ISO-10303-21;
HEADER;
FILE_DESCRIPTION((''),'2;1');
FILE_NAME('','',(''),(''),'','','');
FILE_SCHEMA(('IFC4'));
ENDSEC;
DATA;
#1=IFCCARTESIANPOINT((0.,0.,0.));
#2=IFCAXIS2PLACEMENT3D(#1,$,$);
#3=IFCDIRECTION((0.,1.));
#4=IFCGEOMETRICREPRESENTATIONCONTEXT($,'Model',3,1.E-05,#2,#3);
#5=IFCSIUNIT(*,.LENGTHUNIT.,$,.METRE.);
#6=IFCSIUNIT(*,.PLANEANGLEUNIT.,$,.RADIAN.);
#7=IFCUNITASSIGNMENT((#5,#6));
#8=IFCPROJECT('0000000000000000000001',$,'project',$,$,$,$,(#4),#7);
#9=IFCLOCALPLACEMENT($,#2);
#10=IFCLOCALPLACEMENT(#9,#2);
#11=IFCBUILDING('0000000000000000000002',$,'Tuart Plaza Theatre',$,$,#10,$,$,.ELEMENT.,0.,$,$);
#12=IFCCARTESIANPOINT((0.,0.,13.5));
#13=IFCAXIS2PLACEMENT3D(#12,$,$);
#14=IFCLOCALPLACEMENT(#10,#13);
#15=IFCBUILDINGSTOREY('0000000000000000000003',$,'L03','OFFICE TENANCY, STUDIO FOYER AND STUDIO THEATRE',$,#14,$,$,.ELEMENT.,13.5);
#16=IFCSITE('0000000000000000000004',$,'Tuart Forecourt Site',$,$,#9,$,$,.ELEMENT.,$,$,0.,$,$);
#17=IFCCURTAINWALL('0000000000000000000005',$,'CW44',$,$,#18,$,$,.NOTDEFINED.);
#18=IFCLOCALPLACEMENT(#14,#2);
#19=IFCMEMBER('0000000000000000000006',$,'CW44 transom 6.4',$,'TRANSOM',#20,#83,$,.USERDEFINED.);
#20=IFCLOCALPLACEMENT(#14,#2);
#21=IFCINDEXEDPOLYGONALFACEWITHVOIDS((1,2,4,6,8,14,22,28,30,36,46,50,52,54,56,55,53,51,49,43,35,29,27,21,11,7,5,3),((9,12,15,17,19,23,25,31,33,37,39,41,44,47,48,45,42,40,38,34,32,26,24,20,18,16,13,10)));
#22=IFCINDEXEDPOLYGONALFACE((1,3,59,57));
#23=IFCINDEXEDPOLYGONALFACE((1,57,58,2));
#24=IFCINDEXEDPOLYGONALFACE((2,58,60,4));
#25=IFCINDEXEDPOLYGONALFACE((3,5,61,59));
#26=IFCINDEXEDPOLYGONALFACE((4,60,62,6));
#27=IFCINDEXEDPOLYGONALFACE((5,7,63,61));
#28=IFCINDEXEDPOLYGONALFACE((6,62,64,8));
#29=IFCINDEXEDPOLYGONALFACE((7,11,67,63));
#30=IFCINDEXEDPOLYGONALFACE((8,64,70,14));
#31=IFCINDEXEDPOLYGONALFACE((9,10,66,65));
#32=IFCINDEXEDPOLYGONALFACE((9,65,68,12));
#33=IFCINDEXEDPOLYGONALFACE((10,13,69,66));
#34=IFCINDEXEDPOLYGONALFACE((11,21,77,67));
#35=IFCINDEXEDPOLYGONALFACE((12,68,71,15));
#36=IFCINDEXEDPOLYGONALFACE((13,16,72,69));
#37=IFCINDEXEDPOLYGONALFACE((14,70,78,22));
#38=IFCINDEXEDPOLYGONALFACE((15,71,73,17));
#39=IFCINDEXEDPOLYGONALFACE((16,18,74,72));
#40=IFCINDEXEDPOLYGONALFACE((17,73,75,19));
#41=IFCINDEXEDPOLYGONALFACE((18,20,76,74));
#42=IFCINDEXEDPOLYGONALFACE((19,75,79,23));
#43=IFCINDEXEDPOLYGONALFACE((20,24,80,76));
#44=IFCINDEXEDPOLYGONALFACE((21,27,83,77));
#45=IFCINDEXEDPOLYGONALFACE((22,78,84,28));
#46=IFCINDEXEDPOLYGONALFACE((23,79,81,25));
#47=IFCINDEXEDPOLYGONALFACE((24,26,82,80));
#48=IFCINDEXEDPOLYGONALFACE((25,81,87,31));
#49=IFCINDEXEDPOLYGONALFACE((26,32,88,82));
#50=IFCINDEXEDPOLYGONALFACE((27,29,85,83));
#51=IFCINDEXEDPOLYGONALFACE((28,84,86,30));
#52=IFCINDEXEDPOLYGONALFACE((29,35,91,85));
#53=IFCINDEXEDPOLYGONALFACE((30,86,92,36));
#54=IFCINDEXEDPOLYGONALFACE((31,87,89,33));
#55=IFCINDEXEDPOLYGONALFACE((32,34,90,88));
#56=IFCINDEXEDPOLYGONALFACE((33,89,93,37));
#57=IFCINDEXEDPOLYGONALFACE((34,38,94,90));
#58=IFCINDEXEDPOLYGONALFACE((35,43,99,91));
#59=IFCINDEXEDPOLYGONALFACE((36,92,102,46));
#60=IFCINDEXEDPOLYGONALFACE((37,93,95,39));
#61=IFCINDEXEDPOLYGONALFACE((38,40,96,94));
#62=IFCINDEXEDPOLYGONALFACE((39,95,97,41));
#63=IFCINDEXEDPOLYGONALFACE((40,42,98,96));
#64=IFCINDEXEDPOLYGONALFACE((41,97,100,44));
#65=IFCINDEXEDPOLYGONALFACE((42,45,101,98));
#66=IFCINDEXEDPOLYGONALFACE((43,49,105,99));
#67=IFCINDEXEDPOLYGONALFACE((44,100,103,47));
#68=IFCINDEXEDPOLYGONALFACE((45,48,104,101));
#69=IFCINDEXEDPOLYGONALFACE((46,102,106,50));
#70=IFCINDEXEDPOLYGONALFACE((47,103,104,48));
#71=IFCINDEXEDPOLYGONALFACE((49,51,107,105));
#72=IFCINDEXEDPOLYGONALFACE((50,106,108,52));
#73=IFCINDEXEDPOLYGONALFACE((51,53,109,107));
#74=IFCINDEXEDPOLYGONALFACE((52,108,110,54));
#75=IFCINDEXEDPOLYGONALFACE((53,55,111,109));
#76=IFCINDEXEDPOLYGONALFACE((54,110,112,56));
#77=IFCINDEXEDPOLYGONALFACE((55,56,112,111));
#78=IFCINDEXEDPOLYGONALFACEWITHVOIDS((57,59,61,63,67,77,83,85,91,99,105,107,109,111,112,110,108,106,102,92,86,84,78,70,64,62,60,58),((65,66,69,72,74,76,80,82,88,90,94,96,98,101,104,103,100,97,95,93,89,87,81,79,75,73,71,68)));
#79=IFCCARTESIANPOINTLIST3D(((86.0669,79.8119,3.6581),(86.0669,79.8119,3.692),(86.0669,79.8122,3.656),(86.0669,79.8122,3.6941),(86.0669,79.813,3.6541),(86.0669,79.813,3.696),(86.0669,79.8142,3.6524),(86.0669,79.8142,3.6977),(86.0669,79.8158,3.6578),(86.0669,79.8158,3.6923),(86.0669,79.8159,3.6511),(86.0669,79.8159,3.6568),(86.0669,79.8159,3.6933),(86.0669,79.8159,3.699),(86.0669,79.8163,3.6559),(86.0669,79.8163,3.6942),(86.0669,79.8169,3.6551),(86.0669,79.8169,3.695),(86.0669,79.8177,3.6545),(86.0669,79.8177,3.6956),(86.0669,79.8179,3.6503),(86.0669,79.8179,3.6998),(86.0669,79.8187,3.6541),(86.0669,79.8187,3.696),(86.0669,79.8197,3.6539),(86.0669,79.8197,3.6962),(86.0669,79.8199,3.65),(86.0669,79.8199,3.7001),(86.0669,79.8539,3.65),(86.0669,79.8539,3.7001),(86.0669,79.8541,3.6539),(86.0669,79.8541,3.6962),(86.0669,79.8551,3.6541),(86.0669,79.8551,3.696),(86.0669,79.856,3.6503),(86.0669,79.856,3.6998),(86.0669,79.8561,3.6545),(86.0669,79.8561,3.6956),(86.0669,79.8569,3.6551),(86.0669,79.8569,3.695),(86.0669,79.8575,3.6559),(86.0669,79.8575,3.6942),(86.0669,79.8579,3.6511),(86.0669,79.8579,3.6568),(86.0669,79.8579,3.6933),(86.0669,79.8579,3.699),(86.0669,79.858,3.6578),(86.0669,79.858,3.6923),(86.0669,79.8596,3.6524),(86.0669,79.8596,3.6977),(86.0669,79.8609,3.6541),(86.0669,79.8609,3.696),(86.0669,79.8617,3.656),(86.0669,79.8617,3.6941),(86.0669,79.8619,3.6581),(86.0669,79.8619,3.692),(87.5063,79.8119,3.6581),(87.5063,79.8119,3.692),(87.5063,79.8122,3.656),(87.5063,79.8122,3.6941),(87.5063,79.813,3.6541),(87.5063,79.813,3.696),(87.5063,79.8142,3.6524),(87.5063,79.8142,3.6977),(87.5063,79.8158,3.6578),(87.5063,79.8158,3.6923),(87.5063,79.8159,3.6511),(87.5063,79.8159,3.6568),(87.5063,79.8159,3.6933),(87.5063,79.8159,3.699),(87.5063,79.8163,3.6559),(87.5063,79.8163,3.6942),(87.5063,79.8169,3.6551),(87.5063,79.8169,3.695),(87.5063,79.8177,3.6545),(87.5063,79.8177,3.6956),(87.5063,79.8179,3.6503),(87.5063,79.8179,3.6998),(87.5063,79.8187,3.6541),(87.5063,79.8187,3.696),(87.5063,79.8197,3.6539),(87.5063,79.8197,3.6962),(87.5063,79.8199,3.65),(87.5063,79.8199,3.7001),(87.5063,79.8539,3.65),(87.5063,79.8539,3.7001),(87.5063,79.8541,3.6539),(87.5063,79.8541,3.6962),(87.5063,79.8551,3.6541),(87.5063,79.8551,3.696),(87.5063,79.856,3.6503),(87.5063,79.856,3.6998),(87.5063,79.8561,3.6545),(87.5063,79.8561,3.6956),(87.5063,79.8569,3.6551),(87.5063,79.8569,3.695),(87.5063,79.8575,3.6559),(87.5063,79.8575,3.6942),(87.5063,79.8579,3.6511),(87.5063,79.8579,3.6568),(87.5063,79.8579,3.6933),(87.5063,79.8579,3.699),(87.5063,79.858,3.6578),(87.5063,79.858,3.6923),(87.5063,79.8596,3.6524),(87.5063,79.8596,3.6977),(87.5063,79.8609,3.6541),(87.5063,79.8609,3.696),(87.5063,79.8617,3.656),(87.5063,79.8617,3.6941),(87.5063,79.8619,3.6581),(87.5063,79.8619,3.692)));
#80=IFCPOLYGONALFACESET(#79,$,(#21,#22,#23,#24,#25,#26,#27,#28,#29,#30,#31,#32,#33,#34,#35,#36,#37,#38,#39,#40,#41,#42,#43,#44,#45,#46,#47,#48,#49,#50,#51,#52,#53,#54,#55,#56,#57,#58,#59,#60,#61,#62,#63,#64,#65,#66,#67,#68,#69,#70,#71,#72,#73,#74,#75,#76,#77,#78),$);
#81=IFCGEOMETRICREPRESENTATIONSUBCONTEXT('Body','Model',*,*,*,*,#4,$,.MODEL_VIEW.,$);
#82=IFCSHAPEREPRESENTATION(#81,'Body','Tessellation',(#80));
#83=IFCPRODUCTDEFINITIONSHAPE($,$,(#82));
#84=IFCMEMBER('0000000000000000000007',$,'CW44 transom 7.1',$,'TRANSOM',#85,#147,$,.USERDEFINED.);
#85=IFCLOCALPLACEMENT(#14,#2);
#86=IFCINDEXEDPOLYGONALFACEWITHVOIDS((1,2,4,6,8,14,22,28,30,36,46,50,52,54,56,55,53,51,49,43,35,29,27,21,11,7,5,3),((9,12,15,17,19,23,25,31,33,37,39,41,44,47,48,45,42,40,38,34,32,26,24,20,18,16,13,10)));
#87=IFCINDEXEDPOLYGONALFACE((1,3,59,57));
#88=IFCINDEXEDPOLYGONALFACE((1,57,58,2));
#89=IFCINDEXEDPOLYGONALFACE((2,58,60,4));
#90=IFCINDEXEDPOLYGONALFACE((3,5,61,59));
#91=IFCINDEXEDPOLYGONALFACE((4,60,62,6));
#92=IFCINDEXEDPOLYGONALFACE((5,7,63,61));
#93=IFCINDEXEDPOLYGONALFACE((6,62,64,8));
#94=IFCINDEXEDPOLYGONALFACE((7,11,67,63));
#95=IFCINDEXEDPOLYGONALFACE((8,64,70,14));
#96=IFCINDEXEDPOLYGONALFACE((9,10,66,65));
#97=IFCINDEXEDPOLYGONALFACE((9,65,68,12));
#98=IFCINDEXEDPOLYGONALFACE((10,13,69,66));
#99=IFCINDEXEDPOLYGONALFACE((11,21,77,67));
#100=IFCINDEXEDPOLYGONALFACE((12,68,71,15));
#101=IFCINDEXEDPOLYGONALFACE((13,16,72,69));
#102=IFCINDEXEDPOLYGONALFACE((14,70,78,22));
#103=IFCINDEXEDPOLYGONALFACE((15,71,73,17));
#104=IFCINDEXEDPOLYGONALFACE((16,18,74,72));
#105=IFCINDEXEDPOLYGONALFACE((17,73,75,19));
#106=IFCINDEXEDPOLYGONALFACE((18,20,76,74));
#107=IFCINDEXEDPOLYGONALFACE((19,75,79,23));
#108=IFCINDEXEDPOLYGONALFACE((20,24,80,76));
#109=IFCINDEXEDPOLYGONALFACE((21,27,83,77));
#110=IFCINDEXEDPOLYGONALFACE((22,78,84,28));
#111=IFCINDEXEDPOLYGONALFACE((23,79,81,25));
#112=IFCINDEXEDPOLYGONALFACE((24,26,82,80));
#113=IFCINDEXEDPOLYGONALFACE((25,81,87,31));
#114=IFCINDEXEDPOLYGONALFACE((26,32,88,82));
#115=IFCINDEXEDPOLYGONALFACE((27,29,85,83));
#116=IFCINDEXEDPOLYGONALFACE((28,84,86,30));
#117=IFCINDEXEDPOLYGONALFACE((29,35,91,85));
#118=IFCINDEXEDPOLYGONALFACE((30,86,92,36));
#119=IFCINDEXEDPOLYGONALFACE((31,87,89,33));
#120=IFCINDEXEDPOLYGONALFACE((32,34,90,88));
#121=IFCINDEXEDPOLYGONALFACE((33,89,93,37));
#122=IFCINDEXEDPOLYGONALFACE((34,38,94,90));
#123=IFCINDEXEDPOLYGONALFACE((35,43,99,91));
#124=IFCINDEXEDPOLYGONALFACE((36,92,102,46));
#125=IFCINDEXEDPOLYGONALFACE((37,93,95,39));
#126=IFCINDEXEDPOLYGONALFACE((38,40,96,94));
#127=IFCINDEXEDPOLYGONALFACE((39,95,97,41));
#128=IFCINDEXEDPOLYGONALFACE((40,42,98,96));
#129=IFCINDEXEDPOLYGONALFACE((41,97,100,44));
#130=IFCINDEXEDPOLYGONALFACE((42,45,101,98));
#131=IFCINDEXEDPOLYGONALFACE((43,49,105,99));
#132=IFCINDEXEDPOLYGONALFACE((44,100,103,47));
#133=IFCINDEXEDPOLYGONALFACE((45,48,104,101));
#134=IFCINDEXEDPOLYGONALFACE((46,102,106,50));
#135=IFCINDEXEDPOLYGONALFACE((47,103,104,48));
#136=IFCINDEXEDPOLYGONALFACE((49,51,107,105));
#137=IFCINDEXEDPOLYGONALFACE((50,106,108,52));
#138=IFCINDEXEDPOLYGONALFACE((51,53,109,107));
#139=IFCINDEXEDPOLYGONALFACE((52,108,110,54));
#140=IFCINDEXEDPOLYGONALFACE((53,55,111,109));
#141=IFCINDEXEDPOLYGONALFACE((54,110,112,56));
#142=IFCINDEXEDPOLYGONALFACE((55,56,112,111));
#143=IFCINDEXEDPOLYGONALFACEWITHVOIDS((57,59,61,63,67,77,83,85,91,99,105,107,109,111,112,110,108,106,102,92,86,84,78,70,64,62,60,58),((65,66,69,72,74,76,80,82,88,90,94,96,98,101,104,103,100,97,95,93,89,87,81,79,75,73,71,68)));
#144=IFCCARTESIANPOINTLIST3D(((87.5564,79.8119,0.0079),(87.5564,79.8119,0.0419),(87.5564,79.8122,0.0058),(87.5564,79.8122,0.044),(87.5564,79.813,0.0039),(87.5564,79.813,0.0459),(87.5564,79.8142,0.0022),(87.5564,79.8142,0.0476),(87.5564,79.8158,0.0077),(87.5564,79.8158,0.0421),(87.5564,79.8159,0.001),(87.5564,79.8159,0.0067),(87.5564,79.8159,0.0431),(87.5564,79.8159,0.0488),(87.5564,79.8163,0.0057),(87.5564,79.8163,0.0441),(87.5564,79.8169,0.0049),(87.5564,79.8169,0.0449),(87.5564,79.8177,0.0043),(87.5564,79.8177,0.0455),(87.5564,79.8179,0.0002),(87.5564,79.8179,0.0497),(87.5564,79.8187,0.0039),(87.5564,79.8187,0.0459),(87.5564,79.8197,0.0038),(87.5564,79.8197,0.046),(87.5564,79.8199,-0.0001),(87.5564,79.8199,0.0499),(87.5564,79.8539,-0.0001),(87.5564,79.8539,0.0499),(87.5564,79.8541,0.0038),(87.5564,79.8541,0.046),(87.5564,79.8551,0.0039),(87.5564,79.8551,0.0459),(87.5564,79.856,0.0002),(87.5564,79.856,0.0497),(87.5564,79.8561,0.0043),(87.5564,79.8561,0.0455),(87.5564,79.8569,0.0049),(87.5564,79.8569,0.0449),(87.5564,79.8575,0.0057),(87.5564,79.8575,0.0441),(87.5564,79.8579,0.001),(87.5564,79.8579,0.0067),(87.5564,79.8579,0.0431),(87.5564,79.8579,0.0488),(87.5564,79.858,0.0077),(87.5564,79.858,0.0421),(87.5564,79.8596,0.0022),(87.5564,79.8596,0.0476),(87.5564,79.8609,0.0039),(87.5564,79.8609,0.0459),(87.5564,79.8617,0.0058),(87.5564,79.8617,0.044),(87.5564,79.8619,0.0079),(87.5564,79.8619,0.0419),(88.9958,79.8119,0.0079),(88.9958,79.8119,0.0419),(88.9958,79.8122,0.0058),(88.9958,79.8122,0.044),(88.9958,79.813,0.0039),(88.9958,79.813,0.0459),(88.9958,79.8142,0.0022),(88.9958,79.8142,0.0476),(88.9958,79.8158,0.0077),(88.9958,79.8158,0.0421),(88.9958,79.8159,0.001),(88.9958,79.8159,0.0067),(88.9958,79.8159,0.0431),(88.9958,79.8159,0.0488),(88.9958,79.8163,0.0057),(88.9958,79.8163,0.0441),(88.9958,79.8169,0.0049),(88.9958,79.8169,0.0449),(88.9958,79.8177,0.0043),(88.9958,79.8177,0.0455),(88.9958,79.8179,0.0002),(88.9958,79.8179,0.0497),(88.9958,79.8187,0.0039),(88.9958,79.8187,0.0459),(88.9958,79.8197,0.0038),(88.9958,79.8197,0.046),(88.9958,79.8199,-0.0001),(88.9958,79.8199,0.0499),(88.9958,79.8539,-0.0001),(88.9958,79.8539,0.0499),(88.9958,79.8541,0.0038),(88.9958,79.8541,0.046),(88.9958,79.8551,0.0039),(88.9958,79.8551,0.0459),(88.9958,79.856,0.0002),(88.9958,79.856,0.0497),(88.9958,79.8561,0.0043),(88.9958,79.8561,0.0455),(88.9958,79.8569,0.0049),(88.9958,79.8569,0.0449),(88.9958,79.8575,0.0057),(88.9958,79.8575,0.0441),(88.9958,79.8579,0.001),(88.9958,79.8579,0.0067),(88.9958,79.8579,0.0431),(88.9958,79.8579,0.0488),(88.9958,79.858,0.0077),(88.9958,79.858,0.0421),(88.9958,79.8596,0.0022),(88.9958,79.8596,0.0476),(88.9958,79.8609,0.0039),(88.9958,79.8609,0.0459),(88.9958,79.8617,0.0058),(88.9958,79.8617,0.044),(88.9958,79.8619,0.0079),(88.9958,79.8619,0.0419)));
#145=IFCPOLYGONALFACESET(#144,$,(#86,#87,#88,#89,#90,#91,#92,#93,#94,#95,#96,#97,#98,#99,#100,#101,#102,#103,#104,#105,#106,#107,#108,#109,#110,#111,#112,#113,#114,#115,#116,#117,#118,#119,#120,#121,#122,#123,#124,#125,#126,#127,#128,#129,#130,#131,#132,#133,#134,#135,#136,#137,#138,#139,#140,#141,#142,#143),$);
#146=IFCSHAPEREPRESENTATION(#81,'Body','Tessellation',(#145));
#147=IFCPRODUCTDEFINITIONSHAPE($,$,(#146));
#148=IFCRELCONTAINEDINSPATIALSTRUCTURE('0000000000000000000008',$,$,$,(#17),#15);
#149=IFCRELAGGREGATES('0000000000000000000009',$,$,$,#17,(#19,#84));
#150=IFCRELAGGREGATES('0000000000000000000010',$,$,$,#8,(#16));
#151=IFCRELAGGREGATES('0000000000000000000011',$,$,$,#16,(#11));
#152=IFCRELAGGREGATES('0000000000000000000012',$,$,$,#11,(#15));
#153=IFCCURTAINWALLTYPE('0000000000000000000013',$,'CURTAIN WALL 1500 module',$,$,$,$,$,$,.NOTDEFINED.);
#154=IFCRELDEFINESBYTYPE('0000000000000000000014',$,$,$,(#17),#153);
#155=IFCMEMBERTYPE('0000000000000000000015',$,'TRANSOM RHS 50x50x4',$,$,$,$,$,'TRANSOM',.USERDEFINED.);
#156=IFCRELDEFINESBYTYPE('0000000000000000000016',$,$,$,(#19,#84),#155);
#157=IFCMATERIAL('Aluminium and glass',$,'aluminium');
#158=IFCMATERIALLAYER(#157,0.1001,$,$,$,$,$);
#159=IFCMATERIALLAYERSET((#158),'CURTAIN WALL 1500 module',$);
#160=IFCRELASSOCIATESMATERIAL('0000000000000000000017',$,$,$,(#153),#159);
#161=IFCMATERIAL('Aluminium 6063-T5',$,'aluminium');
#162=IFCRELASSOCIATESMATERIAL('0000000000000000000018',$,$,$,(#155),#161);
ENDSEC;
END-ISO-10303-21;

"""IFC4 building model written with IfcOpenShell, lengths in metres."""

from ifc_helpers import new_model, si_unit, direction, frame, origin, origin_2d, place, context, subcontext, project, spatial, hollow_rectangle, extrude, material, layer, layer_set, material_profile, profile_set, type_object, element, aggregate, save


model = new_model("IFC4")

# Units and contexts
model_context = context("Model", 3, precision=1e-05, world=origin(), true_north=direction((0.0, 1.0)))
body_context = subcontext(model_context, "Body", "Model", "MODEL_VIEW")
ifc_project = project(units=[si_unit("LENGTHUNIT", "METRE"), si_unit("PLANEANGLEUNIT", "RADIAN")], contexts=[model_context])

# Site, building, storey
site_placement = place(None, origin())
site = spatial("IfcSite", under=ifc_project, at=site_placement, Name="Tuart Forecourt Site", CompositionType="ELEMENT", RefElevation=0.0)
building_placement = place(site_placement, origin())
building = spatial("IfcBuilding", under=site, at=building_placement, Name="Tuart Plaza Theatre", CompositionType="ELEMENT", ElevationOfRefHeight=0.0)
storey_placement = place(building_placement, frame((0.0, 0.0, 13.5)))
storey = spatial("IfcBuildingStorey", under=building, at=storey_placement, Name="L03", Description="OFFICE TENANCY, STUDIO FOYER AND STUDIO THEATRE", CompositionType="ELEMENT", Elevation=13.5)

# Curtain wall, members
ifc_material_1 = material(Name="Aluminium and glass", Category="aluminium")
ifc_layer_1 = layer(ifc_material_1, 0.1001)
ifc_layer_set_1 = layer_set([ifc_layer_1], Name="CURTAIN WALL 1500 module")
curtain_wall_type = type_object("IfcCurtainWallType", Name="CURTAIN WALL 1500 module", PredefinedType="NOTDEFINED", material=ifc_layer_set_1)
curtain_wall_placement = place(storey_placement, origin())
curtain_wall = element("IfcCurtainWall", 1, at=curtain_wall_placement, inside=storey, type_object=curtain_wall_type, Name="CW44", PredefinedType="NOTDEFINED")
ifc_material_2 = material(Name="Aluminium 6063-T5", Category="aluminium")
ifc_material_profile_1 = material_profile(ifc_material_2, hollow_rectangle(XDim=0.05, YDim=0.05, WallThickness=0.0039, InnerFilletRadius=0.0039, OuterFilletRadius=0.0081, at=origin_2d()), Name="RHS 50x50x4")
ifc_profile_set_1 = profile_set([ifc_material_profile_1], Name="Aluminium 6063-T5")
member_type_1 = type_object("IfcMemberType", Name="TRANSOM RHS 50x50x4", ElementType="TRANSOM", PredefinedType="USERDEFINED", material=ifc_profile_set_1)
member_1_placement = place(storey_placement, frame((86.0669, 79.8369, 3.675), z_axis=(1.0, 0.0, 0.0), x_axis=(0.0, 1.0, 0.0)))
member_1 = element("IfcMember", 2, at=member_1_placement, type_object=member_type_1, Name="CW44 transom 6.4", ObjectType="TRANSOM", PredefinedType="USERDEFINED", context=body_context, shape_type="SweptSolid", body=[
    extrude(hollow_rectangle(XDim=0.05, YDim=0.05, WallThickness=0.0039, InnerFilletRadius=0.0039, OuterFilletRadius=0.0081, at=origin_2d()), origin(), (0.0, 0.0, 1.0), 1.4395),
])
member_2_placement = place(storey_placement, frame((87.5564, 79.8369, 0.0249), z_axis=(1.0, 0.0, 0.0), x_axis=(0.0, 1.0, 0.0)))
member_2 = element("IfcMember", 3, at=member_2_placement, type_object=member_type_1, Name="CW44 transom 7.1", ObjectType="TRANSOM", PredefinedType="USERDEFINED", context=body_context, shape_type="SweptSolid", body=[
    extrude(hollow_rectangle(XDim=0.05, YDim=0.05, WallThickness=0.0039, InnerFilletRadius=0.0039, OuterFilletRadius=0.0081, at=origin_2d()), origin(), (0.0, 0.0, 1.0), 1.4395),
])
aggregate(curtain_wall, [member_1, member_2])

save(model, "model.ifc")
